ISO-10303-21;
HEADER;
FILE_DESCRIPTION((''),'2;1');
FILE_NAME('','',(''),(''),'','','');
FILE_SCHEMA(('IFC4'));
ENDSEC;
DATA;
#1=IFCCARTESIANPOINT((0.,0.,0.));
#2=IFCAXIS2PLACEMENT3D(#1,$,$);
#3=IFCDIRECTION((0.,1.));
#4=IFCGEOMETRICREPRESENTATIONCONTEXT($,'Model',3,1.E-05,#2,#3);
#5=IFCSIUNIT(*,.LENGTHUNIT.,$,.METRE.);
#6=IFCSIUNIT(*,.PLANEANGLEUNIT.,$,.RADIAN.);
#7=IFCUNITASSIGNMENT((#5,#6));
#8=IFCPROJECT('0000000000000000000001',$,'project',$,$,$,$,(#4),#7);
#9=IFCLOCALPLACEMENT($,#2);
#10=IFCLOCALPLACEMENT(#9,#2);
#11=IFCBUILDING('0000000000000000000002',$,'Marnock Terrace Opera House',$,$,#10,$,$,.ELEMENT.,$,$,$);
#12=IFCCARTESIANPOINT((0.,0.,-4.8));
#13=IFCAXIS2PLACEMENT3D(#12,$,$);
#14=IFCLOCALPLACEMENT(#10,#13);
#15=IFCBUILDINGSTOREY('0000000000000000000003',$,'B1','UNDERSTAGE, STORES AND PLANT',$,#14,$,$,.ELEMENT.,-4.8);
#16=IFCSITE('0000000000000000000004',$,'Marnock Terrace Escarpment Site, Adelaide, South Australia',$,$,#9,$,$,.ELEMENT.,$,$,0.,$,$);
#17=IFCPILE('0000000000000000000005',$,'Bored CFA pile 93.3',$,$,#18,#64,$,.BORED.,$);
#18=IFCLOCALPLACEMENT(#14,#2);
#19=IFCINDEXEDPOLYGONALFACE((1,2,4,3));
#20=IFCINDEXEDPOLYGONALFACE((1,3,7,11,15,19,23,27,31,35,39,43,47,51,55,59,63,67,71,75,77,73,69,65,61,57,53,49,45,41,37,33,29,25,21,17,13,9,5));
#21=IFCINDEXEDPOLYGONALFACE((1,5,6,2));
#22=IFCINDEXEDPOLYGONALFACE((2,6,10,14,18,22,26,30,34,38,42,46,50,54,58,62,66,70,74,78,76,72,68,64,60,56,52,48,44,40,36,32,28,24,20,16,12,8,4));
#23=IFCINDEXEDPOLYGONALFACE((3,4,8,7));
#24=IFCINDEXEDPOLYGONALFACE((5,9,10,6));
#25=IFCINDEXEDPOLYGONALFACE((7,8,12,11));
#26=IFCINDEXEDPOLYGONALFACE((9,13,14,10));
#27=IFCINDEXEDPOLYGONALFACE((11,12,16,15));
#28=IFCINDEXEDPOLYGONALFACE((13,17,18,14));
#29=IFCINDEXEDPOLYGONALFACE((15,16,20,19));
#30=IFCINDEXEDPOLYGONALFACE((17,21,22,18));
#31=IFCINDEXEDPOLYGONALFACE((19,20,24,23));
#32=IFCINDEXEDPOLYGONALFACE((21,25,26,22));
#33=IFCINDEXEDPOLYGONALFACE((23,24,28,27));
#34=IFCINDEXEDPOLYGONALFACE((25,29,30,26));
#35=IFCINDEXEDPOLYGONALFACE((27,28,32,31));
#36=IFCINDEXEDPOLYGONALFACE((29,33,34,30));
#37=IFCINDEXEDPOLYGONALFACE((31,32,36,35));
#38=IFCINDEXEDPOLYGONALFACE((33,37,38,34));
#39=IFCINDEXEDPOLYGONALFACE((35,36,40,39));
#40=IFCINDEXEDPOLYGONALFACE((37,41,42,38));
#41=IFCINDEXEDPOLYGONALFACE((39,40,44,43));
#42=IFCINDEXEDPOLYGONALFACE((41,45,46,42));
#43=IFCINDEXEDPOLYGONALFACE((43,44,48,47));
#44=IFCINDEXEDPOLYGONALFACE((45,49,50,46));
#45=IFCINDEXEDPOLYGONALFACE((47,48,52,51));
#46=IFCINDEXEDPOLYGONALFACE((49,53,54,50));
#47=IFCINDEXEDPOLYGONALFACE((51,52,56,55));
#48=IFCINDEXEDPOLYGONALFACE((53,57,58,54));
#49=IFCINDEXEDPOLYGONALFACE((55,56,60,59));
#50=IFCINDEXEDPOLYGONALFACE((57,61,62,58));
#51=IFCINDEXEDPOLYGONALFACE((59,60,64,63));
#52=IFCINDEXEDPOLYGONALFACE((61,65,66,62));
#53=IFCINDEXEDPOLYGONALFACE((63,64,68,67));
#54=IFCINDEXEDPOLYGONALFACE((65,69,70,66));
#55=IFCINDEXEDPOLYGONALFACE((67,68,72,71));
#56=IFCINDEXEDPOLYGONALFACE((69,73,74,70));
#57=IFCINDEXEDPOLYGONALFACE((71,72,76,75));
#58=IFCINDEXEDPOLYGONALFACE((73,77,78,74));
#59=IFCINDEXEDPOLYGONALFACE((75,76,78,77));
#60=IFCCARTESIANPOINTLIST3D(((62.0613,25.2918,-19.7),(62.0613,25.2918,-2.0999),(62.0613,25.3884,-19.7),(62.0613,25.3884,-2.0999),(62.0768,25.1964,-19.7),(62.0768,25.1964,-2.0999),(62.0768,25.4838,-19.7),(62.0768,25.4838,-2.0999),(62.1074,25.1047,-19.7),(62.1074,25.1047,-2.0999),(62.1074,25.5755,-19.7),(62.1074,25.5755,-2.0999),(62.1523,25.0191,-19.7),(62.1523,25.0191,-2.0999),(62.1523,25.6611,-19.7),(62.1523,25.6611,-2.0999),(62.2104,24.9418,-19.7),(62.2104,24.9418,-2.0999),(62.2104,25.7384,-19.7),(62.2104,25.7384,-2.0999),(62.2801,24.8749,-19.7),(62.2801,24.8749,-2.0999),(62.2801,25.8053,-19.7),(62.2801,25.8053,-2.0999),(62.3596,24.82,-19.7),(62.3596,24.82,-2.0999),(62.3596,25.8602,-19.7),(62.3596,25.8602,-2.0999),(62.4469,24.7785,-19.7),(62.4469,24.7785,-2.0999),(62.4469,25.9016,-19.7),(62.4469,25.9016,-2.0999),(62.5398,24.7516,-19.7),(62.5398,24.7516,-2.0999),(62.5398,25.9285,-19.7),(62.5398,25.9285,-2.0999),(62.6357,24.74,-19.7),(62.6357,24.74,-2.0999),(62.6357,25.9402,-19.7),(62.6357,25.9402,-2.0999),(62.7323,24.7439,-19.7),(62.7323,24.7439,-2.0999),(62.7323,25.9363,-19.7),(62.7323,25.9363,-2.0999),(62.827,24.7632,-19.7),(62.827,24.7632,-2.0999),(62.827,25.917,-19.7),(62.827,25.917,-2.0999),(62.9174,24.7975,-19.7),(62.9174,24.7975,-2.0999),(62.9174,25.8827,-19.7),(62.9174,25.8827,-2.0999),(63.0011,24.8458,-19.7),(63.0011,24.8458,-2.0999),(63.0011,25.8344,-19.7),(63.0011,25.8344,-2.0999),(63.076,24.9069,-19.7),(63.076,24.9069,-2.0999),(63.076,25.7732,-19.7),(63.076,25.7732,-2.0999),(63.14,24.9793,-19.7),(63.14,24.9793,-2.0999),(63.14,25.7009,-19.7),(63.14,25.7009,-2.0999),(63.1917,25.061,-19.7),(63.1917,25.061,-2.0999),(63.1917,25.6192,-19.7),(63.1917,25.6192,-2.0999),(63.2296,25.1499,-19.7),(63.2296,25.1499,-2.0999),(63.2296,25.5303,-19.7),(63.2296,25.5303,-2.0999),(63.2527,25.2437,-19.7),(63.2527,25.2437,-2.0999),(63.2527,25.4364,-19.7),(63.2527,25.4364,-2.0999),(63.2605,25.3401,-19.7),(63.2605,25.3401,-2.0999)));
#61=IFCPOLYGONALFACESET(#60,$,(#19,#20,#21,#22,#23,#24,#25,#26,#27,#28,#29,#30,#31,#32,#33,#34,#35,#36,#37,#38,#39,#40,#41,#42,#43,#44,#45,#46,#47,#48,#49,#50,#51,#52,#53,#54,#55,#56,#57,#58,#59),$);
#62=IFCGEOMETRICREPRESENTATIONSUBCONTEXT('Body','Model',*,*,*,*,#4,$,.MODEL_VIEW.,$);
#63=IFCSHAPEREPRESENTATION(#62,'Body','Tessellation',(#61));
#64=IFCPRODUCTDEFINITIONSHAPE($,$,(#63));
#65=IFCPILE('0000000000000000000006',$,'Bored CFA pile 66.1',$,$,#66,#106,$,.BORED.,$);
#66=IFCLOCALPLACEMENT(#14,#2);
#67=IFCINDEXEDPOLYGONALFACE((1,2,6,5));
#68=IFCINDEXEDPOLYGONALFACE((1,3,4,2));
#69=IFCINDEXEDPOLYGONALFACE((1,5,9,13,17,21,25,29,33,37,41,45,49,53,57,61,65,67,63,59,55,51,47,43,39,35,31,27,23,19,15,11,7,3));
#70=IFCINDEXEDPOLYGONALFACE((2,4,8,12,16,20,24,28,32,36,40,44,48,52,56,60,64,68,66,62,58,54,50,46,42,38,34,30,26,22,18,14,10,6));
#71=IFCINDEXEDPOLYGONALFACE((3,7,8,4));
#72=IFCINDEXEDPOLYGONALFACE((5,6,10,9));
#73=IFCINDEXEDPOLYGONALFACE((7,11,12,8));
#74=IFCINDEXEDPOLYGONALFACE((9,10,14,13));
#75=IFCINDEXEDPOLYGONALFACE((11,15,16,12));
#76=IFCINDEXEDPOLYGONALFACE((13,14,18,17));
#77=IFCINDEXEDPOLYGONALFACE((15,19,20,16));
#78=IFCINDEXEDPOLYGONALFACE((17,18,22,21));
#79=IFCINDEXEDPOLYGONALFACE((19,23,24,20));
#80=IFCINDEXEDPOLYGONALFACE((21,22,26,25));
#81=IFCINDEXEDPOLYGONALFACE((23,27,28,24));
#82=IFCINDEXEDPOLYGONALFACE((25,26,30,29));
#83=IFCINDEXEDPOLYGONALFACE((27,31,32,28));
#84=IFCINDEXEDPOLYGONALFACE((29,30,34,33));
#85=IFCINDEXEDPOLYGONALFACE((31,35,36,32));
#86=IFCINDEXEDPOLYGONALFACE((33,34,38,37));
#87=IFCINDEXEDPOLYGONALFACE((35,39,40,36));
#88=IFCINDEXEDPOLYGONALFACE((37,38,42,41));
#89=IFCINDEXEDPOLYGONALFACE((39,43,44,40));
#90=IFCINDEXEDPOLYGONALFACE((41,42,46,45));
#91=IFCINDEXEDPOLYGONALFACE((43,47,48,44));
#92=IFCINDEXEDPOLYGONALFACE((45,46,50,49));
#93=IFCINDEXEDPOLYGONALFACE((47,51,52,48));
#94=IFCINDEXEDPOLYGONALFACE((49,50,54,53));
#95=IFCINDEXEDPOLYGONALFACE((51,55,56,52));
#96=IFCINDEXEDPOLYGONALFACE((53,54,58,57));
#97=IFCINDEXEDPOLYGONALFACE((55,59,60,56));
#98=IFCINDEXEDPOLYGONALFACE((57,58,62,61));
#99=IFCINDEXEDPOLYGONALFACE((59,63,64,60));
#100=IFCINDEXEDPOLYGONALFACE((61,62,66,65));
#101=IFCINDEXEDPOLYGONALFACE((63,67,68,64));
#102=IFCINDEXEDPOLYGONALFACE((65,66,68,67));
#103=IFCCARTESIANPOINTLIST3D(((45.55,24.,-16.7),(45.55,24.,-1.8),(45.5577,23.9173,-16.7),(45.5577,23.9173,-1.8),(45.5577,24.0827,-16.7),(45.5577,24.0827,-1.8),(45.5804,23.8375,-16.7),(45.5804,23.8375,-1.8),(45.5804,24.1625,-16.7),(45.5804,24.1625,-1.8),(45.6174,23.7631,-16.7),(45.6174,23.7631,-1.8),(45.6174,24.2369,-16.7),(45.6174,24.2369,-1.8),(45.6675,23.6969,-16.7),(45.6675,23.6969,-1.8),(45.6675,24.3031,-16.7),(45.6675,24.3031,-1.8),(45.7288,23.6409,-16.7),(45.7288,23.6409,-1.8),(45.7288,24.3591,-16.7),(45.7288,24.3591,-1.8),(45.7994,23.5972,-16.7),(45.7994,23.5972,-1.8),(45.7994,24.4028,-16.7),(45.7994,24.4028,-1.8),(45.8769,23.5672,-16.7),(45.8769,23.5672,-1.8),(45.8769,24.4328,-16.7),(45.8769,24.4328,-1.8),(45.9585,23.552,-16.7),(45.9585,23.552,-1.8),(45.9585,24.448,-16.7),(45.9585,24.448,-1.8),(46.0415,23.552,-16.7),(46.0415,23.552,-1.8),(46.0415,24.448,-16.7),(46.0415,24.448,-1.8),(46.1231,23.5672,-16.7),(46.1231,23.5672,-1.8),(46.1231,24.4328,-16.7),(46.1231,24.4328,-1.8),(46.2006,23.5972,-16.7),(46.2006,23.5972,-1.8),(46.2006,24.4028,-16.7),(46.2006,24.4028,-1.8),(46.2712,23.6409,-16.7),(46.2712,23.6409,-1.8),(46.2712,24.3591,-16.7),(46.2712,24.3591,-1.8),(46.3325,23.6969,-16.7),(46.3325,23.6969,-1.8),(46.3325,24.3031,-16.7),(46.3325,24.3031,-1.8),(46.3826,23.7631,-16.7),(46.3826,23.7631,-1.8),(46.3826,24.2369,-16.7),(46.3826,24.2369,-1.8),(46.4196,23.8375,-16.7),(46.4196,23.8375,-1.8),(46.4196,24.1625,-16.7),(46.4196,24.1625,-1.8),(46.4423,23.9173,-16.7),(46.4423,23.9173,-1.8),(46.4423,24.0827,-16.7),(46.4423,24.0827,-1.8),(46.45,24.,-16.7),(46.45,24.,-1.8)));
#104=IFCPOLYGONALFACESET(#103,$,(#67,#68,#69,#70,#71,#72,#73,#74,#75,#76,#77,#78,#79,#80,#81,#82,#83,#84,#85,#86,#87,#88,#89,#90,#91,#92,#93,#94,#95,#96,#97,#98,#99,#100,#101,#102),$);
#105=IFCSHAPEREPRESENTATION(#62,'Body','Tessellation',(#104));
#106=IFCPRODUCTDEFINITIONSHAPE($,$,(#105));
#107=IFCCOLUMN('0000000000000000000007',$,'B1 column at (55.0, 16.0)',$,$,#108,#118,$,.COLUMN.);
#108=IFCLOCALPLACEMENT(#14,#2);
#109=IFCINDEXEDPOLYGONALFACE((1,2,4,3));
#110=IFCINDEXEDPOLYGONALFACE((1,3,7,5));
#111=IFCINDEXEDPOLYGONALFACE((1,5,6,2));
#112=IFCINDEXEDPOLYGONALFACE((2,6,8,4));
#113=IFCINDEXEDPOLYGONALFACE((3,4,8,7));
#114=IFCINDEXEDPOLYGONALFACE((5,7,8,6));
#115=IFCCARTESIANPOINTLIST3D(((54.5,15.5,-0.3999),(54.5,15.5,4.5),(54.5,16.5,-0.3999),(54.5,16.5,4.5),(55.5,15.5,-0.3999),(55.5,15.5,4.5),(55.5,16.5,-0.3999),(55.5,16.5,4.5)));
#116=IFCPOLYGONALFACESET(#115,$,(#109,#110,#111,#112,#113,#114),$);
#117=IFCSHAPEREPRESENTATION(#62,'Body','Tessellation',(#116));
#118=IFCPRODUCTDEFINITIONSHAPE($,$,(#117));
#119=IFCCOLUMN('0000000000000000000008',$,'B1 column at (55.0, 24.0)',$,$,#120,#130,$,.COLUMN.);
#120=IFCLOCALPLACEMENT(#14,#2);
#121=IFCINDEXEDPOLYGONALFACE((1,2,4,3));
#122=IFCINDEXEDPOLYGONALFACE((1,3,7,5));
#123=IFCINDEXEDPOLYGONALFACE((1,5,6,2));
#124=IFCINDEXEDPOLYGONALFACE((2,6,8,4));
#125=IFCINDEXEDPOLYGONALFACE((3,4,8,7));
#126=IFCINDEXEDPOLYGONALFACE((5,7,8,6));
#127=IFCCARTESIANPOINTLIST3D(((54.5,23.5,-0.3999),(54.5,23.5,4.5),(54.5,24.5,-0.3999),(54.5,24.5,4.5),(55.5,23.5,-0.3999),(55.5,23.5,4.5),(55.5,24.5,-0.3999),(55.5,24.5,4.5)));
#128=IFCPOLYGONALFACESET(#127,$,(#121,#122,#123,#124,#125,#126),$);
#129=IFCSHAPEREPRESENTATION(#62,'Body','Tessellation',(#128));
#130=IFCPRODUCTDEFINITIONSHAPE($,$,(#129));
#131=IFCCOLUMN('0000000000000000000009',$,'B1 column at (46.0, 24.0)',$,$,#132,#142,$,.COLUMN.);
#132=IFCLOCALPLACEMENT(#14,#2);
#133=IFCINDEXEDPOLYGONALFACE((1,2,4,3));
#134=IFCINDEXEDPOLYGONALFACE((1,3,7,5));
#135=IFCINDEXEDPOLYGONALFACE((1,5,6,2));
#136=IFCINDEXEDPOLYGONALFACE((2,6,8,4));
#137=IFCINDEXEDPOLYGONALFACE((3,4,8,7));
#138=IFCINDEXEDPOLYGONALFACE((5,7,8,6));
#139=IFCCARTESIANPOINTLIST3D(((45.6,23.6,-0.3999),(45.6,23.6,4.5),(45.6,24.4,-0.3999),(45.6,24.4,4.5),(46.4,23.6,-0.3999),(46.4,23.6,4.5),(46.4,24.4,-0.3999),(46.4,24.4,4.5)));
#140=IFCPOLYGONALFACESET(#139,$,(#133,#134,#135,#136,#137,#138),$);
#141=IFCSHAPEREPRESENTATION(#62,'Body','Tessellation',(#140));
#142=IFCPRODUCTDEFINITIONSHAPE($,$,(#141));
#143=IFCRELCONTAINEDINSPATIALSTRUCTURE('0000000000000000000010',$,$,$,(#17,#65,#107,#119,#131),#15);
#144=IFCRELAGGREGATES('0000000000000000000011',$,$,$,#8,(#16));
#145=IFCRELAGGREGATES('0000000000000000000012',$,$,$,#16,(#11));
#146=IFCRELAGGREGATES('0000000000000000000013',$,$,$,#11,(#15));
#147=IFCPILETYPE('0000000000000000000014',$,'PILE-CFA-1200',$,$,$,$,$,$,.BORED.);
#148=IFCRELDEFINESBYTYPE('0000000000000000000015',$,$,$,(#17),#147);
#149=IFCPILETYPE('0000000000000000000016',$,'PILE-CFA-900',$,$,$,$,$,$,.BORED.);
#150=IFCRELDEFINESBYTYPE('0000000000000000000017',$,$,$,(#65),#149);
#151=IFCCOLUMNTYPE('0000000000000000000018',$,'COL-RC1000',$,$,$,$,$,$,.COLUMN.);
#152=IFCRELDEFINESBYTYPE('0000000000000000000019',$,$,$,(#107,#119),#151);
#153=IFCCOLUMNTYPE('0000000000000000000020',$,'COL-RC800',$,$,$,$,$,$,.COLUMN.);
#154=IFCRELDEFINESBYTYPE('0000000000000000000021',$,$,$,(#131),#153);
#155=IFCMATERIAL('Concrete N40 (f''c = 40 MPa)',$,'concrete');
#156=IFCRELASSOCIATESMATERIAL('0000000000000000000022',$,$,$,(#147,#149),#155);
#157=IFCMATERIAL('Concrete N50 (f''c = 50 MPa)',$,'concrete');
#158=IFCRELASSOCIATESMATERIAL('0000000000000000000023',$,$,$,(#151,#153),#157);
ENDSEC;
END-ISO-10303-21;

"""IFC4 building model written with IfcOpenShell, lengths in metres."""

from ifc_helpers import new_model, si_unit, direction, frame, origin, origin_2d, place, context, subcontext, project, spatial, rectangle, circle, extrude, material, material_profile, profile_set, type_object, element, save


model = new_model("IFC4")

# Units and contexts
model_context = context("Model", 3, precision=1e-05, world=origin(), true_north=direction((0.0, 1.0)))
body_context = subcontext(model_context, "Body", "Model", "MODEL_VIEW")
ifc_project = project(units=[si_unit("LENGTHUNIT", "METRE"), si_unit("PLANEANGLEUNIT", "RADIAN")], contexts=[model_context])

# Site, building, storey
site_placement = place(None, origin())
site = spatial("IfcSite", under=ifc_project, at=site_placement, Name="Marnock Terrace Escarpment Site, Adelaide, South Australia", CompositionType="ELEMENT", RefElevation=0.0)
building_placement = place(site_placement, origin())
building = spatial("IfcBuilding", under=site, at=building_placement, Name="Marnock Terrace Opera House", CompositionType="ELEMENT")
storey_placement = place(building_placement, frame((0.0, 0.0, -4.8)))
storey = spatial("IfcBuildingStorey", under=building, at=storey_placement, Name="B1", Description="UNDERSTAGE, STORES AND PLANT", CompositionType="ELEMENT", Elevation=-4.8)

# Shared definitions
ifc_material_1 = material(Name="Concrete N40 (f'c = 40 MPa)", Category="concrete")

# Piles
ifc_material_profile_1 = material_profile(ifc_material_1, circle(Radius=0.6006, at=origin_2d()))
ifc_profile_set_1 = profile_set([ifc_material_profile_1], Name="Concrete N40 (f'c = 40 MPa)")
pile_type_1 = type_object("IfcPileType", Name="PILE-CFA-1200", PredefinedType="BORED", material=ifc_profile_set_1)
for number, where, z_axis, x_axis, name in (
    (1, (62.6599, 25.3401, -2.0999), (0.0, 0.0, -1.0), (1.0, 0.0, 0.0), "Bored CFA pile 93.3"),
):
    element("IfcPile", number, at=place(storey_placement, frame(where, z_axis=z_axis, x_axis=x_axis)), inside=storey, type_object=pile_type_1, Name=name, PredefinedType="BORED", context=body_context, shape_type="SweptSolid", body=[
        extrude(circle(Radius=0.6006, at=origin_2d()), origin(), (0.0, 0.0, 1.0), 17.6001),
    ])
ifc_material_profile_2 = material_profile(ifc_material_1, circle(Radius=0.45, at=origin_2d()))
ifc_profile_set_2 = profile_set([ifc_material_profile_2], Name="Concrete N40 (f'c = 40 MPa)")
pile_type_2 = type_object("IfcPileType", Name="PILE-CFA-900", PredefinedType="BORED", material=ifc_profile_set_2)
pile_1_placement = place(storey_placement, frame((46.0, 24.0, -1.8), z_axis=(0.0, 0.0, -1.0), x_axis=(1.0, 0.0, 0.0)))
element("IfcPile", 2, at=pile_1_placement, inside=storey, type_object=pile_type_2, Name="Bored CFA pile 66.1", PredefinedType="BORED", context=body_context, shape_type="SweptSolid", body=[
    extrude(circle(Radius=0.45, at=origin_2d()), origin(), (0.0, 0.0, 1.0), 14.8999),
])

# Columns
ifc_material_2 = material(Name="Concrete N50 (f'c = 50 MPa)", Category="concrete")
ifc_material_profile_3 = material_profile(ifc_material_2, rectangle(XDim=1.0, YDim=1.0, at=origin_2d()))
ifc_profile_set_3 = profile_set([ifc_material_profile_3], Name="Concrete N50 (f'c = 50 MPa)")
column_type_1 = type_object("IfcColumnType", Name="COL-RC1000", PredefinedType="COLUMN", material=ifc_profile_set_3)
for number, where, z_axis, x_axis, name in (
    (3, (55.0, 16.0, -0.3999), (0.0, 0.0, 1.0), (1.0, 0.0, 0.0), "B1 column at (55.0, 16.0)"),
    (4, (55.0, 24.0, -0.3999), (0.0, 0.0, 1.0), (1.0, 0.0, 0.0), "B1 column at (55.0, 24.0)"),
):
    element("IfcColumn", number, at=place(storey_placement, frame(where, z_axis=z_axis, x_axis=x_axis)), inside=storey, type_object=column_type_1, Name=name, PredefinedType="COLUMN", context=body_context, shape_type="SweptSolid", body=[
        extrude(rectangle(XDim=1.0, YDim=1.0, at=origin_2d()), origin(), (0.0, 0.0, 1.0), 4.8999),
    ])
ifc_material_profile_4 = material_profile(ifc_material_2, rectangle(XDim=0.8, YDim=0.8, at=origin_2d()))
ifc_profile_set_4 = profile_set([ifc_material_profile_4], Name="Concrete N50 (f'c = 50 MPa)")
column_type_2 = type_object("IfcColumnType", Name="COL-RC800", PredefinedType="COLUMN", material=ifc_profile_set_4)
column_placement = place(storey_placement, frame((46.0, 24.0, -0.3999), z_axis=(0.0, 0.0, 1.0), x_axis=(1.0, 0.0, 0.0)))
element("IfcColumn", 5, at=column_placement, inside=storey, type_object=column_type_2, Name="B1 column at (46.0, 24.0)", PredefinedType="COLUMN", context=body_context, shape_type="SweptSolid", body=[
    extrude(rectangle(XDim=0.8, YDim=0.8, at=origin_2d()), origin(), (0.0, 0.0, 1.0), 4.8999),
])

save(model, "model.ifc")
